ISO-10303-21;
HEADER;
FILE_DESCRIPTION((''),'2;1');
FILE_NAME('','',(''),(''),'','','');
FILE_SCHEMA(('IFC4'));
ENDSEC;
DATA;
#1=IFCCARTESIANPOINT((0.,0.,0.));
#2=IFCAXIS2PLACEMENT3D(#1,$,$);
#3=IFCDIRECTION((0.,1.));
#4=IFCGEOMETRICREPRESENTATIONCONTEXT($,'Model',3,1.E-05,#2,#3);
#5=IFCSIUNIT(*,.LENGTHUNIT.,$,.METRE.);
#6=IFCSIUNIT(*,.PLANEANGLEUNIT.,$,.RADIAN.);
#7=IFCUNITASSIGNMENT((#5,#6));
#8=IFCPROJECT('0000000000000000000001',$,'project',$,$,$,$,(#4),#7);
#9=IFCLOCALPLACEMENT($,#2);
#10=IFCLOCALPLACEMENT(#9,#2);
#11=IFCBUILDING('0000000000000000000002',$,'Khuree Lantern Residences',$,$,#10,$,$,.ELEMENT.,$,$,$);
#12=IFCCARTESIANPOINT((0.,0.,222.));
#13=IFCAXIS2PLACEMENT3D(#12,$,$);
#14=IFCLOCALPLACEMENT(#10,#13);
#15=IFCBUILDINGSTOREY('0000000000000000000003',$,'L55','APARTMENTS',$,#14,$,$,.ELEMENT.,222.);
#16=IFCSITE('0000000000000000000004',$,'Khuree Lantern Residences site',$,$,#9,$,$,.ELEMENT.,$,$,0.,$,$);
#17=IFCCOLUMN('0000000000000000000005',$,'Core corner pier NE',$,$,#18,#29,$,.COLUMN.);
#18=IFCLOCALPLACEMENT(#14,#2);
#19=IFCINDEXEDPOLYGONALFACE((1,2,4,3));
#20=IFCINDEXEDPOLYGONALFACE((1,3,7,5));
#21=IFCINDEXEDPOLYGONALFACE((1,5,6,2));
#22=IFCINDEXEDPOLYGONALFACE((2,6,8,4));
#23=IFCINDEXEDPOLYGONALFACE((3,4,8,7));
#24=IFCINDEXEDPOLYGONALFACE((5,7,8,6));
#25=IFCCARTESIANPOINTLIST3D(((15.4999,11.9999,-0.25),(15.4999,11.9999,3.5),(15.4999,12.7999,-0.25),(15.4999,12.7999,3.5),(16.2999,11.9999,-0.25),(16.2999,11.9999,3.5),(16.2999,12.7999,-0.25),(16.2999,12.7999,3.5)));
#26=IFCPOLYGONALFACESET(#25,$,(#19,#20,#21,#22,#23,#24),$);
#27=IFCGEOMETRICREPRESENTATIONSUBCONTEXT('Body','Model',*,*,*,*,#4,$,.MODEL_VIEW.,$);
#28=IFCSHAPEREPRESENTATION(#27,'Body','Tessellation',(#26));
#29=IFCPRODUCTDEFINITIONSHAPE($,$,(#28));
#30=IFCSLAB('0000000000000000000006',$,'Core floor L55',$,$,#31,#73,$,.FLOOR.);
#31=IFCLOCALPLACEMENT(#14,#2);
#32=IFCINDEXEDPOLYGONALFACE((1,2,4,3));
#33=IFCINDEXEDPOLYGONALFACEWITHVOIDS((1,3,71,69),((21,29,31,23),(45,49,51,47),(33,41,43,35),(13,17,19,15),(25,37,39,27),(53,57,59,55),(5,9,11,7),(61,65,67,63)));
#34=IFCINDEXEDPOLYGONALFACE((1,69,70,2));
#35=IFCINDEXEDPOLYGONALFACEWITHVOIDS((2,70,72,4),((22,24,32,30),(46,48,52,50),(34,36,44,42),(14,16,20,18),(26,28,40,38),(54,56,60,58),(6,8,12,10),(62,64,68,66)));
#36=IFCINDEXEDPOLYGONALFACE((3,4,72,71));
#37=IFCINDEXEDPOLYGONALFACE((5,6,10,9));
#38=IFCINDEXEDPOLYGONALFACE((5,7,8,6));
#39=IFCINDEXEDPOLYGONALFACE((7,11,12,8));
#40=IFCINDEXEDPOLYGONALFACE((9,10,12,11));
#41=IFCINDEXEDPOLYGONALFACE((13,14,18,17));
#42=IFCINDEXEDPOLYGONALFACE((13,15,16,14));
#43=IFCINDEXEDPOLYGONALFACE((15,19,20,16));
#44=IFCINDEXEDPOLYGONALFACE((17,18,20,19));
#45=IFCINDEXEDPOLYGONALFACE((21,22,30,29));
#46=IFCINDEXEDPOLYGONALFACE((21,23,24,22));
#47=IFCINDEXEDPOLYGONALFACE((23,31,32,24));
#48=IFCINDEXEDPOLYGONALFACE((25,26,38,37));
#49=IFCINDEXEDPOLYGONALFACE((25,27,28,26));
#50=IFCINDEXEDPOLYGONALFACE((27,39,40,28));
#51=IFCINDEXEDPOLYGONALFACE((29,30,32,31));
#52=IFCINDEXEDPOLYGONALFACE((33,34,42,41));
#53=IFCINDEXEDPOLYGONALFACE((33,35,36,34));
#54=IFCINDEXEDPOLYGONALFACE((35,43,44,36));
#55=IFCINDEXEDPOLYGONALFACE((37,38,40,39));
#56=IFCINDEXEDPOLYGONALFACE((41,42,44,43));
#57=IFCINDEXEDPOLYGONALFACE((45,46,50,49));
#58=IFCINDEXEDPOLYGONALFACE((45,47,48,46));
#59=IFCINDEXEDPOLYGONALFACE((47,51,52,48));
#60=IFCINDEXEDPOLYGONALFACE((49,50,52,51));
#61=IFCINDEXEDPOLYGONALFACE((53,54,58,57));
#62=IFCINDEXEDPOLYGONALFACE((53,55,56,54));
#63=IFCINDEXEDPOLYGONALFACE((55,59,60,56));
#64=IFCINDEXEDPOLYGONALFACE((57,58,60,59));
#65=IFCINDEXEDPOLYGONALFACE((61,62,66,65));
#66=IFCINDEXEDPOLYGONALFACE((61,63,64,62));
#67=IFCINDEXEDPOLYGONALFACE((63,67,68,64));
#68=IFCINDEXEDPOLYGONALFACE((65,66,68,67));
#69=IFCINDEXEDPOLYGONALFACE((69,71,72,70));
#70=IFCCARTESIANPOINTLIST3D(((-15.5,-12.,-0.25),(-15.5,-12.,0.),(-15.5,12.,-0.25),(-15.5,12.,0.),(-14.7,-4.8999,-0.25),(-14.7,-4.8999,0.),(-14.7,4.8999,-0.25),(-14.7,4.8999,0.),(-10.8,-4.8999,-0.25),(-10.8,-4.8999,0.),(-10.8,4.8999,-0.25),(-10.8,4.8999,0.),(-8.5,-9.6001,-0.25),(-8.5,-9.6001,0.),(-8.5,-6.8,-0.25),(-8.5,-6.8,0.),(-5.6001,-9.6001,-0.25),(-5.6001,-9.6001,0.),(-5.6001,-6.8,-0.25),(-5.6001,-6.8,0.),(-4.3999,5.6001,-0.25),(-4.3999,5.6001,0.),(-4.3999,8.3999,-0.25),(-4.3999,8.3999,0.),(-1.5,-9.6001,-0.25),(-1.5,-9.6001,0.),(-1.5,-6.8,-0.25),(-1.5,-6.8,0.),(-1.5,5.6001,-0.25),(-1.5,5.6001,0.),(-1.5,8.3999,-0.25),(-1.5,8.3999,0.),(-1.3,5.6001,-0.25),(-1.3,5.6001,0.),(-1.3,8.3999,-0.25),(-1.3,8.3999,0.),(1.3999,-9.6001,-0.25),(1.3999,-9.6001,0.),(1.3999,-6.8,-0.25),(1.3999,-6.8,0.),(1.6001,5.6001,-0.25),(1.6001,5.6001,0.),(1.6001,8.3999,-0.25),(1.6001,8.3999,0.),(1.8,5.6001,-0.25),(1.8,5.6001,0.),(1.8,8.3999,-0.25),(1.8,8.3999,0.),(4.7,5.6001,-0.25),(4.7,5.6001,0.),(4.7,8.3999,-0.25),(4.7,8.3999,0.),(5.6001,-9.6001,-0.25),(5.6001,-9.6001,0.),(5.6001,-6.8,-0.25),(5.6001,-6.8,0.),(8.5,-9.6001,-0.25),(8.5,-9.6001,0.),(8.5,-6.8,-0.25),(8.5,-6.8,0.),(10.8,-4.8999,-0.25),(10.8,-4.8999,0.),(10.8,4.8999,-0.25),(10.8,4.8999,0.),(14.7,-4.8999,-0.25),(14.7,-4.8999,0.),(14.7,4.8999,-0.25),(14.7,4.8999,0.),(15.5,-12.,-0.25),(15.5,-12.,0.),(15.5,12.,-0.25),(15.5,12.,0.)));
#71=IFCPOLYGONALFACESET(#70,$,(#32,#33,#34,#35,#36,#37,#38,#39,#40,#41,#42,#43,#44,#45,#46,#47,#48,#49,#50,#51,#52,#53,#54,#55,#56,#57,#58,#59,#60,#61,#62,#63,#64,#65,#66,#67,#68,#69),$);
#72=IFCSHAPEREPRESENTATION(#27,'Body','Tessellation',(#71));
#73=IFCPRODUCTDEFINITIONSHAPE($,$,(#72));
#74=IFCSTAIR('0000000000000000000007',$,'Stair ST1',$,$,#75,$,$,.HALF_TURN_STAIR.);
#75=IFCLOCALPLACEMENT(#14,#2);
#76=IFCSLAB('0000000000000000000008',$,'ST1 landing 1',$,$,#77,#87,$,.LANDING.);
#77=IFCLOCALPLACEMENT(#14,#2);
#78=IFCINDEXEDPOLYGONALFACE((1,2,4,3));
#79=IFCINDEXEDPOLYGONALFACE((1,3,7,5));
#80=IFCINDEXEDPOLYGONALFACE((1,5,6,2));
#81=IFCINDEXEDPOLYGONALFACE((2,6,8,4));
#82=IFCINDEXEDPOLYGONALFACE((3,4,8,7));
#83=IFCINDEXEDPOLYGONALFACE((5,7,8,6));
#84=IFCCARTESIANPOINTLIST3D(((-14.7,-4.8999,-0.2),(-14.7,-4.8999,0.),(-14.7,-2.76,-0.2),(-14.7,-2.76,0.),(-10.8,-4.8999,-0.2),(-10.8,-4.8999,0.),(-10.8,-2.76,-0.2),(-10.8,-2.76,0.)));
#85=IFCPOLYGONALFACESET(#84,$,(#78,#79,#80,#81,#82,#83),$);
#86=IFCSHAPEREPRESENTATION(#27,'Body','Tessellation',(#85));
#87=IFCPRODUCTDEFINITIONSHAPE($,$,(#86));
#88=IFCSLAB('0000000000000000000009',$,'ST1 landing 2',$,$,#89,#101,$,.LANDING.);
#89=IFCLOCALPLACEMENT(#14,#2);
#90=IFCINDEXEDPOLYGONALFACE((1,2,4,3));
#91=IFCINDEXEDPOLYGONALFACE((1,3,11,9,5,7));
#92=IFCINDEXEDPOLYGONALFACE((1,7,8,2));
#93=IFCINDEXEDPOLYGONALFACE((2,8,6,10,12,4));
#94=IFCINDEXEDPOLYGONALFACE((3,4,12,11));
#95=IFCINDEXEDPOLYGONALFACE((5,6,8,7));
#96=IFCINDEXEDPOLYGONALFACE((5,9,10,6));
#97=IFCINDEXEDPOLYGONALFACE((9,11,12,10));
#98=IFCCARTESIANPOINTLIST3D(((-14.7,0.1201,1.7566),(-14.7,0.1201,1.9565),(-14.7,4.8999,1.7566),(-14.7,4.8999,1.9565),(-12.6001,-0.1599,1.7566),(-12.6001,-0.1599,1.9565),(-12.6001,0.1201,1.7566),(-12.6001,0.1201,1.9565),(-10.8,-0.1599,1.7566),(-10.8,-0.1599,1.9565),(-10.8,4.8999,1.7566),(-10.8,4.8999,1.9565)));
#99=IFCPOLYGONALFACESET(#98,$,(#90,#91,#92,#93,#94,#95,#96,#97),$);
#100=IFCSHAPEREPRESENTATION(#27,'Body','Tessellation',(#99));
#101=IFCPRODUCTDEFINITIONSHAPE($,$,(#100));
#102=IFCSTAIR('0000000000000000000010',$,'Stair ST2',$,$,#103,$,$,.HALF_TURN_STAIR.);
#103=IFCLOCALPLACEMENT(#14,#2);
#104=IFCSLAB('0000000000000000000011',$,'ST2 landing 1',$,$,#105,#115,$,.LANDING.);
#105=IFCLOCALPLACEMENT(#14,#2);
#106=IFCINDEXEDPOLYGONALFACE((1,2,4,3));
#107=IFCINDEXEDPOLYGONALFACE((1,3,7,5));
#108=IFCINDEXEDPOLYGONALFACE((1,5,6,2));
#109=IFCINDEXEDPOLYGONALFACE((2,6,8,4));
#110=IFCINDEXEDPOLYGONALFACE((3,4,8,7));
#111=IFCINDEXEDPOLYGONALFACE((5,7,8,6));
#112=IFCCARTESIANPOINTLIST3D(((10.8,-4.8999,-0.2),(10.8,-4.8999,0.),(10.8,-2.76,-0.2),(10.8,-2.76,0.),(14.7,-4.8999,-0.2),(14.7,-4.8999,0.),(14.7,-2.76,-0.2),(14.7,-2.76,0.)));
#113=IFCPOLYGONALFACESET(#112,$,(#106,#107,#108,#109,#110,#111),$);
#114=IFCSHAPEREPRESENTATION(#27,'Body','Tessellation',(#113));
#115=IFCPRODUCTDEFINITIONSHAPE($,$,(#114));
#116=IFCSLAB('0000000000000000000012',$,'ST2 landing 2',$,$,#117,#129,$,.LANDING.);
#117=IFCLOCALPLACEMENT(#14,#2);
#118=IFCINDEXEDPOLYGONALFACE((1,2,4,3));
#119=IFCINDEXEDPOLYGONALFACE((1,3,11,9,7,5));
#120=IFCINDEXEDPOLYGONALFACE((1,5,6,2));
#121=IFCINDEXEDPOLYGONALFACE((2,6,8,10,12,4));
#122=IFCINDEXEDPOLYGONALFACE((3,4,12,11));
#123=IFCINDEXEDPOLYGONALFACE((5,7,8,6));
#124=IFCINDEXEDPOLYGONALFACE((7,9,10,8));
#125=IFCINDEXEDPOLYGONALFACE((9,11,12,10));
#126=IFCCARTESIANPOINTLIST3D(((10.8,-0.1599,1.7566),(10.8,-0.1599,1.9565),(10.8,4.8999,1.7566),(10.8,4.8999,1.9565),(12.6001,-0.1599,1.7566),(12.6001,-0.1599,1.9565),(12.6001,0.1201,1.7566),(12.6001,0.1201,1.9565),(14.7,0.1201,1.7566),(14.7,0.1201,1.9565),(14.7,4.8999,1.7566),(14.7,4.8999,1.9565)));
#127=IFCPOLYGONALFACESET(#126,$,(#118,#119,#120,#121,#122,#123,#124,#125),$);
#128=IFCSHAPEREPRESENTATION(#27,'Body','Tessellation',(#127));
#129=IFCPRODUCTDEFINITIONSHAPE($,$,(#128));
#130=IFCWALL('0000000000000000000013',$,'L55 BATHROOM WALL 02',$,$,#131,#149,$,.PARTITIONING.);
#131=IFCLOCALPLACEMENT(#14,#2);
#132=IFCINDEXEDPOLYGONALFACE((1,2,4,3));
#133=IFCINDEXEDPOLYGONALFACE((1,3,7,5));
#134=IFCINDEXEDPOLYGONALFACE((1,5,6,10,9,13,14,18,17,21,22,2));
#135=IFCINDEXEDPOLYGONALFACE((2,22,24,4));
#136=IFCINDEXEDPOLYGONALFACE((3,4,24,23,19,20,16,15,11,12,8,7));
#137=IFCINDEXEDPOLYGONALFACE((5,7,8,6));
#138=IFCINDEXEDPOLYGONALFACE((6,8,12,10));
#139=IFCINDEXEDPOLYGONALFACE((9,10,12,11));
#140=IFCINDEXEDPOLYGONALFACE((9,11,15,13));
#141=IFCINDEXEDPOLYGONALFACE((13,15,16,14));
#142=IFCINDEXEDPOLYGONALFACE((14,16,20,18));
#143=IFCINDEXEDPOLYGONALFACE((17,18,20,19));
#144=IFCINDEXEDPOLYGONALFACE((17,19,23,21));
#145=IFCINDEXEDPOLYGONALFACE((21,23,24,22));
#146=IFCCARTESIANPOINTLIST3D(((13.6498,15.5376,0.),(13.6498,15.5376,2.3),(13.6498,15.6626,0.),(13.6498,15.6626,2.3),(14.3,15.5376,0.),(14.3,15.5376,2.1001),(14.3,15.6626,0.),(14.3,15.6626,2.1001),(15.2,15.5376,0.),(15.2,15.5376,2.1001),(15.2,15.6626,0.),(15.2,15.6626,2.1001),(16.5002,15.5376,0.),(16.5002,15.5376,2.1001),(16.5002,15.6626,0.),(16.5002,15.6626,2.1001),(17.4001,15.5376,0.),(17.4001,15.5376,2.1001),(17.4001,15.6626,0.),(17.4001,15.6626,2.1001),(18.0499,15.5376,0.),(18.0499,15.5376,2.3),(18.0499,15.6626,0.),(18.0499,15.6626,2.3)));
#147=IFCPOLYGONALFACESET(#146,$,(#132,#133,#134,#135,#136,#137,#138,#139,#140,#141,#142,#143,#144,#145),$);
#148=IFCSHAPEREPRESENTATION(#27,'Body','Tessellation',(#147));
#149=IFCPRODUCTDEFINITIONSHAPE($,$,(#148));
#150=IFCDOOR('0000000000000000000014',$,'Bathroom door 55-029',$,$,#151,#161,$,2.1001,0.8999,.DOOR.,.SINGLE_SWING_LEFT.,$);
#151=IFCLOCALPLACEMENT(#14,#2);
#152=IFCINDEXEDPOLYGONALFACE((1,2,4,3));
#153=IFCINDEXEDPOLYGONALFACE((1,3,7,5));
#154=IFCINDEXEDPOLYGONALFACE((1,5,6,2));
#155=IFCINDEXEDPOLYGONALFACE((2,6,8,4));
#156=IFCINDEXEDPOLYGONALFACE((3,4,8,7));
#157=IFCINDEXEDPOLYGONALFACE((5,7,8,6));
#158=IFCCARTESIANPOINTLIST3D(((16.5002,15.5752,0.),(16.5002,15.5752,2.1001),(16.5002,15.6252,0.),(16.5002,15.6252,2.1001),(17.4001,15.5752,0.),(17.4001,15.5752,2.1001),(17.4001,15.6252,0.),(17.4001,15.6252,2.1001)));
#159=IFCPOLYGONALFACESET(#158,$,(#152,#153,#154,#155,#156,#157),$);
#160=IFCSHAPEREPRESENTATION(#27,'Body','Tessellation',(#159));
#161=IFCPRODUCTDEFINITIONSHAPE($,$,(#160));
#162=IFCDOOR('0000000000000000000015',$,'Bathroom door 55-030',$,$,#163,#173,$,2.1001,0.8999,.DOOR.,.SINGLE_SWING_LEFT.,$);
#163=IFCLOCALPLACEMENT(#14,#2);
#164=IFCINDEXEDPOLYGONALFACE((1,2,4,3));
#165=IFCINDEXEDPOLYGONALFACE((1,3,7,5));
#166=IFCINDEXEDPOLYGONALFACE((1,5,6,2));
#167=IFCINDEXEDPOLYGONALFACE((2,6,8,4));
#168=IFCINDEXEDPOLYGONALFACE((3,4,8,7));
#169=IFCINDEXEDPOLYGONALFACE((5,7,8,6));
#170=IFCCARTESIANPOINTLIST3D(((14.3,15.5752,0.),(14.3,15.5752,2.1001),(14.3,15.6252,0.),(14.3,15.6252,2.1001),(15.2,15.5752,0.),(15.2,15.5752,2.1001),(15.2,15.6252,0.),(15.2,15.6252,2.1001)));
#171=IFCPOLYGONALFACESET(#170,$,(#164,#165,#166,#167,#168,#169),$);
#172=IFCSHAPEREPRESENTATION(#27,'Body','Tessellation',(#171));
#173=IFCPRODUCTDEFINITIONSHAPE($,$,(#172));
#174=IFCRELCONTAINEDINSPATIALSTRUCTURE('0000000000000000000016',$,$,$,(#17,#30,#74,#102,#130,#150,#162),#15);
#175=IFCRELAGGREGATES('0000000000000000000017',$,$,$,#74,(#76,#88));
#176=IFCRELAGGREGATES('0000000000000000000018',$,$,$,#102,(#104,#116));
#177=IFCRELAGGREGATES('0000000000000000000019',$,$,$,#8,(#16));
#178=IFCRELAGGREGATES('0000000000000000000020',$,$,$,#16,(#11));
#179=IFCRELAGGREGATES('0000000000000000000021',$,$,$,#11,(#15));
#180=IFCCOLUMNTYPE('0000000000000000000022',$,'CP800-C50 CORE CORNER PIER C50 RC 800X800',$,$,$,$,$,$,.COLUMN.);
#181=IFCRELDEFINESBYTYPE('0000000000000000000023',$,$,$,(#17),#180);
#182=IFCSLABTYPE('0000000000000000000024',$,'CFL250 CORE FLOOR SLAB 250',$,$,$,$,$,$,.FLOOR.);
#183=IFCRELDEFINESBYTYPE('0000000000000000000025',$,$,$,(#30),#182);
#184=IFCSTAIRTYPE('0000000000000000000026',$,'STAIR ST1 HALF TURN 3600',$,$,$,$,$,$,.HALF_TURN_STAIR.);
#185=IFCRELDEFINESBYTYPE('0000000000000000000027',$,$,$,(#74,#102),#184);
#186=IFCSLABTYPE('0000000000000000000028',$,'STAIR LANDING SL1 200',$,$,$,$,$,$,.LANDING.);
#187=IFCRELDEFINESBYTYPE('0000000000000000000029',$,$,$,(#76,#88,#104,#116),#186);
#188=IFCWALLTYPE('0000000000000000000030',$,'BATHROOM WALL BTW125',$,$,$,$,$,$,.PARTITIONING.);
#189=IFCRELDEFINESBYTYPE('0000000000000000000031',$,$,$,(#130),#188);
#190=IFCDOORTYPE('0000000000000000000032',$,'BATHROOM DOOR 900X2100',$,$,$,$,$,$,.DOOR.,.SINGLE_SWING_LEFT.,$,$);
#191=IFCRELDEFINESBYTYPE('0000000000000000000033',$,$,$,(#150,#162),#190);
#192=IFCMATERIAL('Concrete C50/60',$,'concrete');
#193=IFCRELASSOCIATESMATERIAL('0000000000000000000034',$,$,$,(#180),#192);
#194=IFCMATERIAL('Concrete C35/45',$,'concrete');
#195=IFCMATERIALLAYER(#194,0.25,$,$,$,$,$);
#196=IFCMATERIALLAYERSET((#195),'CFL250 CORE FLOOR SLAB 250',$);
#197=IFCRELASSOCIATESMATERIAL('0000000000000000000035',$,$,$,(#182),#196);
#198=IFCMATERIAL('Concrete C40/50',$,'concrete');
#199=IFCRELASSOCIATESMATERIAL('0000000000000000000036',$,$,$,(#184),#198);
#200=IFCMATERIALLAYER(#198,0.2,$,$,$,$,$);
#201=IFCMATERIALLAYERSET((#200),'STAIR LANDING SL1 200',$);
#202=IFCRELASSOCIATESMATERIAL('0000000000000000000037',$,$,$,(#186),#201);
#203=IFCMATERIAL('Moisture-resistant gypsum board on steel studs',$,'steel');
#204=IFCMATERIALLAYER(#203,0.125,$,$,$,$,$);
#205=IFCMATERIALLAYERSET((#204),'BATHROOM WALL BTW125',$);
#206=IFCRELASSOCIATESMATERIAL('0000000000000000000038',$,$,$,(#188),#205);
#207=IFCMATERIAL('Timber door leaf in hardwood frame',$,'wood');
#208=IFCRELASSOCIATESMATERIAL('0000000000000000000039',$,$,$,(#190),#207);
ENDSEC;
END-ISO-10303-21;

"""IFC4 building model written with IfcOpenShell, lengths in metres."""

from ifc_helpers import new_model, si_unit, direction, frame, frame_2d, origin, origin_2d, place, context, subcontext, project, spatial, polyline, rectangle, outline, extrude, material, layer, layer_set, material_profile, profile_set, type_object, element, fill, aggregate, save


model = new_model("IFC4")

# Units and contexts
model_context = context("Model", 3, precision=1e-05, world=origin(), true_north=direction((0.0, 1.0)))
body_context = subcontext(model_context, "Body", "Model", "MODEL_VIEW")
ifc_project = project(units=[si_unit("LENGTHUNIT", "METRE"), si_unit("PLANEANGLEUNIT", "RADIAN")], contexts=[model_context])

# Site, building, storey
site_placement = place(None, origin())
site = spatial("IfcSite", under=ifc_project, at=site_placement, Name="Khuree Lantern Residences site", CompositionType="ELEMENT", RefElevation=0.0)
building_placement = place(site_placement, origin())
building = spatial("IfcBuilding", under=site, at=building_placement, Name="Khuree Lantern Residences", CompositionType="ELEMENT")
storey_placement = place(building_placement, frame((0.0, 0.0, 222.0)))
storey = spatial("IfcBuildingStorey", under=building, at=storey_placement, Name="L55", Description="APARTMENTS", CompositionType="ELEMENT", Elevation=222.0)

# Column
ifc_material_1 = material(Name="Concrete C50/60", Category="concrete")
ifc_material_profile = material_profile(ifc_material_1, rectangle(XDim=0.8, YDim=0.8, at=origin_2d()), Name="RC 800X800")
ifc_profile_set = profile_set([ifc_material_profile], Name="Concrete C50/60")
column_type = type_object("IfcColumnType", Name="CP800-C50 CORE CORNER PIER C50 RC 800X800", PredefinedType="COLUMN", material=ifc_profile_set)
column_placement = place(storey_placement, frame((15.8999, 12.3999, -0.25), z_axis=(0.0, 0.0, 1.0), x_axis=(1.0, 0.0, 0.0)))
element("IfcColumn", 1, at=column_placement, inside=storey, type_object=column_type, Name="Core corner pier NE", PredefinedType="COLUMN", context=body_context, shape_type="SweptSolid", body=[
    extrude(rectangle(XDim=0.8, YDim=0.8, at=origin_2d()), origin(), (0.0, 0.0, 1.0), 3.75),
])

# Slab
ifc_material_2 = material(Name="Concrete C35/45", Category="concrete")
ifc_layer_1 = layer(ifc_material_2, 0.25)
ifc_layer_set_1 = layer_set([ifc_layer_1], Name="CFL250 CORE FLOOR SLAB 250")
slab_type_1 = type_object("IfcSlabType", Name="CFL250 CORE FLOOR SLAB 250", PredefinedType="FLOOR", material=ifc_layer_set_1)
slab_1_placement = place(storey_placement, frame((0.0, 0.0, -0.25)))
element("IfcSlab", 2, at=slab_1_placement, inside=storey, type_object=slab_type_1, Name="Core floor L55", PredefinedType="FLOOR", context=body_context, shape_type="SweptSolid", body=[
    extrude(outline(polyline([(-15.5, -12.0), (-15.5, 12.0), (15.5, 12.0), (15.5, -12.0), (-15.5, -12.0)]), holes=[polyline([(10.8, 4.8999), (10.8, -4.8999), (14.7, -4.8999), (14.7, 4.8999), (10.8, 4.8999)]), polyline([(5.6001, -6.8), (5.6001, -9.6001), (8.5, -9.6001), (8.5, -6.8), (5.6001, -6.8)]), polyline([(1.8, 8.3999), (1.8, 5.6001), (4.7, 5.6001), (4.7, 8.3999), (1.8, 8.3999)]), polyline([(-1.3, 8.3999), (-1.3, 5.6001), (1.6001, 5.6001), (1.6001, 8.3999), (-1.3, 8.3999)]), polyline([(-1.5, -6.8), (-1.5, -9.6001), (1.3999, -9.6001), (1.3999, -6.8), (-1.5, -6.8)]), polyline([(-4.3999, 8.3999), (-4.3999, 5.6001), (-1.5, 5.6001), (-1.5, 8.3999), (-4.3999, 8.3999)]), polyline([(-8.5, -6.8), (-8.5, -9.6001), (-5.6001, -9.6001), (-5.6001, -6.8), (-8.5, -6.8)]), polyline([(-14.7, 4.8999), (-14.7, -4.8999), (-10.8, -4.8999), (-10.8, 4.8999), (-14.7, 4.8999)])]), origin(), (0.0, 0.0, 1.0), 0.25),
])

# Stairs, slabs
ifc_material_3 = material(Name="Concrete C40/50", Category="concrete")
stair_type = type_object("IfcStairType", Name="STAIR ST1 HALF TURN 3600", PredefinedType="HALF_TURN_STAIR", material=ifc_material_3)
stair_1_placement = place(storey_placement, origin())
stair_1 = element("IfcStair", 3, at=stair_1_placement, inside=storey, type_object=stair_type, Name="Stair ST1", PredefinedType="HALF_TURN_STAIR")
ifc_layer_2 = layer(ifc_material_3, 0.2)
ifc_layer_set_2 = layer_set([ifc_layer_2], Name="STAIR LANDING SL1 200")
slab_type_2 = type_object("IfcSlabType", Name="STAIR LANDING SL1 200", PredefinedType="LANDING", material=ifc_layer_set_2)
slab_2_placement = place(storey_placement, frame((0.0, 0.0, -0.2)))
slab_2 = element("IfcSlab", 4, at=slab_2_placement, type_object=slab_type_2, Name="ST1 landing 1", PredefinedType="LANDING", context=body_context, shape_type="SweptSolid", body=[
    extrude(outline(polyline([(-14.7, -4.8999), (-10.8, -4.8999), (-10.8, -2.76), (-14.7, -2.76), (-14.7, -4.8999)])), origin(), (0.0, 0.0, 1.0), 0.2),
])
slab_3_placement = place(storey_placement, frame((0.0, 0.0, 1.7566)))
slab_3 = element("IfcSlab", 5, at=slab_3_placement, type_object=slab_type_2, Name="ST1 landing 2", PredefinedType="LANDING", context=body_context, shape_type="SweptSolid", body=[
    extrude(outline(polyline([(-14.7, 0.1201), (-14.7, 4.8999), (-10.8, 4.8999), (-10.8, -0.1599), (-12.6001, -0.1599), (-12.6001, 0.1201), (-14.7, 0.1201)])), origin(), (0.0, 0.0, 1.0), 0.2),
])
aggregate(stair_1, [slab_2, slab_3])
stair_2_placement = place(storey_placement, origin())
stair_2 = element("IfcStair", 6, at=stair_2_placement, inside=storey, type_object=stair_type, Name="Stair ST2", PredefinedType="HALF_TURN_STAIR")
slab_4_placement = place(storey_placement, frame((0.0, 0.0, -0.2)))
slab_4 = element("IfcSlab", 7, at=slab_4_placement, type_object=slab_type_2, Name="ST2 landing 1", PredefinedType="LANDING", context=body_context, shape_type="SweptSolid", body=[
    extrude(outline(polyline([(10.8, -4.8999), (14.7, -4.8999), (14.7, -2.76), (10.8, -2.76), (10.8, -4.8999)])), origin(), (0.0, 0.0, 1.0), 0.2),
])
slab_5_placement = place(storey_placement, frame((0.0, 0.0, 1.7566)))
slab_5 = element("IfcSlab", 8, at=slab_5_placement, type_object=slab_type_2, Name="ST2 landing 2", PredefinedType="LANDING", context=body_context, shape_type="SweptSolid", body=[
    extrude(outline(polyline([(14.7, 4.8999), (14.7, 0.1201), (12.6001, 0.1201), (12.6001, -0.1599), (10.8, -0.1599), (10.8, 4.8999), (14.7, 4.8999)])), origin(), (0.0, 0.0, 1.0), 0.2),
])

# Wall, openings, doors
ifc_material_4 = material(Name="Moisture-resistant gypsum board on steel studs", Category="steel")
ifc_layer_3 = layer(ifc_material_4, 0.125)
ifc_layer_set_3 = layer_set([ifc_layer_3], Name="BATHROOM WALL BTW125")
wall_type_1 = type_object("IfcWallType", Name="BATHROOM WALL BTW125", PredefinedType="PARTITIONING", material=ifc_layer_set_3)
wall_1_placement = place(storey_placement, frame((18.05, 15.6001, 0.0), z_axis=(0.0, 0.0, 1.0), x_axis=(-1.0, 0.0, 0.0)))
wall_1 = element("IfcWall", 9, at=wall_1_placement, inside=storey, type_object=wall_type_1, Name="L55 BATHROOM WALL 02", PredefinedType="PARTITIONING", context=body_context, shape_type="SweptSolid", body=[
    extrude(rectangle(XDim=4.4001, YDim=0.125, at=frame_2d((2.2002, 0.0))), origin(), (0.0, 0.0, 1.0), 2.3),
])
opening_1_placement = place(wall_1_placement, frame((0.6499, 0.0, 0.0)))
opening_1 = element("IfcOpeningElement", 10, at=opening_1_placement, cuts=wall_1, PredefinedType="OPENING", context=body_context, shape_type="SweptSolid", body=[
    extrude(rectangle(XDim=0.8999, YDim=2.1001, at=frame_2d((0.45, 1.05))), frame((0.0, 0.0725, 0.0), z_axis=(0.0, -1.0, 0.0), x_axis=(1.0, 0.0, 0.0)), (0.0, 0.0, 1.0), 0.145),
])
opening_2_placement = place(wall_1_placement, frame((2.8501, 0.0, 0.0)))
opening_2 = element("IfcOpeningElement", 11, at=opening_2_placement, cuts=wall_1, PredefinedType="OPENING", context=body_context, shape_type="SweptSolid", body=[
    extrude(rectangle(XDim=0.8999, YDim=2.1001, at=frame_2d((0.45, 1.05))), frame((0.0, 0.0725, 0.0), z_axis=(0.0, -1.0, 0.0), x_axis=(1.0, 0.0, 0.0)), (0.0, 0.0, 1.0), 0.145),
])
ifc_material_5 = material(Name="Timber door leaf in hardwood frame", Category="wood")
door_type_1 = type_object("IfcDoorType", Name="BATHROOM DOOR 900X2100", OperationType="SINGLE_SWING_LEFT", PredefinedType="DOOR", material=ifc_material_5)
door_1_placement = place(opening_1_placement, origin())
door_1 = element("IfcDoor", 12, at=door_1_placement, inside=storey, type_object=door_type_1, Name="Bathroom door 55-029", OperationType="SINGLE_SWING_LEFT", OverallHeight=2.1001, OverallWidth=0.8999, PredefinedType="DOOR", context=body_context, shape_type="SweptSolid", body=[
    extrude(rectangle(XDim=0.8999, YDim=2.1001, at=frame_2d((0.45, 1.05))), frame((0.0, 0.0249, 0.0), z_axis=(0.0, -1.0, 0.0), x_axis=(1.0, 0.0, 0.0)), (0.0, 0.0, 1.0), 0.05),
])
fill(opening_1, door_1)
door_2_placement = place(opening_2_placement, origin())
door_2 = element("IfcDoor", 13, at=door_2_placement, inside=storey, type_object=door_type_1, Name="Bathroom door 55-030", OperationType="SINGLE_SWING_LEFT", OverallHeight=2.1001, OverallWidth=0.8999, PredefinedType="DOOR", context=body_context, shape_type="SweptSolid", body=[
    extrude(rectangle(XDim=0.8999, YDim=2.1001, at=frame_2d((0.45, 1.05))), frame((0.0, 0.0249, 0.0), z_axis=(0.0, -1.0, 0.0), x_axis=(1.0, 0.0, 0.0)), (0.0, 0.0, 1.0), 0.05),
])
fill(opening_2, door_2)

aggregate(stair_2, [slab_4, slab_5])

save(model, "model.ifc")
